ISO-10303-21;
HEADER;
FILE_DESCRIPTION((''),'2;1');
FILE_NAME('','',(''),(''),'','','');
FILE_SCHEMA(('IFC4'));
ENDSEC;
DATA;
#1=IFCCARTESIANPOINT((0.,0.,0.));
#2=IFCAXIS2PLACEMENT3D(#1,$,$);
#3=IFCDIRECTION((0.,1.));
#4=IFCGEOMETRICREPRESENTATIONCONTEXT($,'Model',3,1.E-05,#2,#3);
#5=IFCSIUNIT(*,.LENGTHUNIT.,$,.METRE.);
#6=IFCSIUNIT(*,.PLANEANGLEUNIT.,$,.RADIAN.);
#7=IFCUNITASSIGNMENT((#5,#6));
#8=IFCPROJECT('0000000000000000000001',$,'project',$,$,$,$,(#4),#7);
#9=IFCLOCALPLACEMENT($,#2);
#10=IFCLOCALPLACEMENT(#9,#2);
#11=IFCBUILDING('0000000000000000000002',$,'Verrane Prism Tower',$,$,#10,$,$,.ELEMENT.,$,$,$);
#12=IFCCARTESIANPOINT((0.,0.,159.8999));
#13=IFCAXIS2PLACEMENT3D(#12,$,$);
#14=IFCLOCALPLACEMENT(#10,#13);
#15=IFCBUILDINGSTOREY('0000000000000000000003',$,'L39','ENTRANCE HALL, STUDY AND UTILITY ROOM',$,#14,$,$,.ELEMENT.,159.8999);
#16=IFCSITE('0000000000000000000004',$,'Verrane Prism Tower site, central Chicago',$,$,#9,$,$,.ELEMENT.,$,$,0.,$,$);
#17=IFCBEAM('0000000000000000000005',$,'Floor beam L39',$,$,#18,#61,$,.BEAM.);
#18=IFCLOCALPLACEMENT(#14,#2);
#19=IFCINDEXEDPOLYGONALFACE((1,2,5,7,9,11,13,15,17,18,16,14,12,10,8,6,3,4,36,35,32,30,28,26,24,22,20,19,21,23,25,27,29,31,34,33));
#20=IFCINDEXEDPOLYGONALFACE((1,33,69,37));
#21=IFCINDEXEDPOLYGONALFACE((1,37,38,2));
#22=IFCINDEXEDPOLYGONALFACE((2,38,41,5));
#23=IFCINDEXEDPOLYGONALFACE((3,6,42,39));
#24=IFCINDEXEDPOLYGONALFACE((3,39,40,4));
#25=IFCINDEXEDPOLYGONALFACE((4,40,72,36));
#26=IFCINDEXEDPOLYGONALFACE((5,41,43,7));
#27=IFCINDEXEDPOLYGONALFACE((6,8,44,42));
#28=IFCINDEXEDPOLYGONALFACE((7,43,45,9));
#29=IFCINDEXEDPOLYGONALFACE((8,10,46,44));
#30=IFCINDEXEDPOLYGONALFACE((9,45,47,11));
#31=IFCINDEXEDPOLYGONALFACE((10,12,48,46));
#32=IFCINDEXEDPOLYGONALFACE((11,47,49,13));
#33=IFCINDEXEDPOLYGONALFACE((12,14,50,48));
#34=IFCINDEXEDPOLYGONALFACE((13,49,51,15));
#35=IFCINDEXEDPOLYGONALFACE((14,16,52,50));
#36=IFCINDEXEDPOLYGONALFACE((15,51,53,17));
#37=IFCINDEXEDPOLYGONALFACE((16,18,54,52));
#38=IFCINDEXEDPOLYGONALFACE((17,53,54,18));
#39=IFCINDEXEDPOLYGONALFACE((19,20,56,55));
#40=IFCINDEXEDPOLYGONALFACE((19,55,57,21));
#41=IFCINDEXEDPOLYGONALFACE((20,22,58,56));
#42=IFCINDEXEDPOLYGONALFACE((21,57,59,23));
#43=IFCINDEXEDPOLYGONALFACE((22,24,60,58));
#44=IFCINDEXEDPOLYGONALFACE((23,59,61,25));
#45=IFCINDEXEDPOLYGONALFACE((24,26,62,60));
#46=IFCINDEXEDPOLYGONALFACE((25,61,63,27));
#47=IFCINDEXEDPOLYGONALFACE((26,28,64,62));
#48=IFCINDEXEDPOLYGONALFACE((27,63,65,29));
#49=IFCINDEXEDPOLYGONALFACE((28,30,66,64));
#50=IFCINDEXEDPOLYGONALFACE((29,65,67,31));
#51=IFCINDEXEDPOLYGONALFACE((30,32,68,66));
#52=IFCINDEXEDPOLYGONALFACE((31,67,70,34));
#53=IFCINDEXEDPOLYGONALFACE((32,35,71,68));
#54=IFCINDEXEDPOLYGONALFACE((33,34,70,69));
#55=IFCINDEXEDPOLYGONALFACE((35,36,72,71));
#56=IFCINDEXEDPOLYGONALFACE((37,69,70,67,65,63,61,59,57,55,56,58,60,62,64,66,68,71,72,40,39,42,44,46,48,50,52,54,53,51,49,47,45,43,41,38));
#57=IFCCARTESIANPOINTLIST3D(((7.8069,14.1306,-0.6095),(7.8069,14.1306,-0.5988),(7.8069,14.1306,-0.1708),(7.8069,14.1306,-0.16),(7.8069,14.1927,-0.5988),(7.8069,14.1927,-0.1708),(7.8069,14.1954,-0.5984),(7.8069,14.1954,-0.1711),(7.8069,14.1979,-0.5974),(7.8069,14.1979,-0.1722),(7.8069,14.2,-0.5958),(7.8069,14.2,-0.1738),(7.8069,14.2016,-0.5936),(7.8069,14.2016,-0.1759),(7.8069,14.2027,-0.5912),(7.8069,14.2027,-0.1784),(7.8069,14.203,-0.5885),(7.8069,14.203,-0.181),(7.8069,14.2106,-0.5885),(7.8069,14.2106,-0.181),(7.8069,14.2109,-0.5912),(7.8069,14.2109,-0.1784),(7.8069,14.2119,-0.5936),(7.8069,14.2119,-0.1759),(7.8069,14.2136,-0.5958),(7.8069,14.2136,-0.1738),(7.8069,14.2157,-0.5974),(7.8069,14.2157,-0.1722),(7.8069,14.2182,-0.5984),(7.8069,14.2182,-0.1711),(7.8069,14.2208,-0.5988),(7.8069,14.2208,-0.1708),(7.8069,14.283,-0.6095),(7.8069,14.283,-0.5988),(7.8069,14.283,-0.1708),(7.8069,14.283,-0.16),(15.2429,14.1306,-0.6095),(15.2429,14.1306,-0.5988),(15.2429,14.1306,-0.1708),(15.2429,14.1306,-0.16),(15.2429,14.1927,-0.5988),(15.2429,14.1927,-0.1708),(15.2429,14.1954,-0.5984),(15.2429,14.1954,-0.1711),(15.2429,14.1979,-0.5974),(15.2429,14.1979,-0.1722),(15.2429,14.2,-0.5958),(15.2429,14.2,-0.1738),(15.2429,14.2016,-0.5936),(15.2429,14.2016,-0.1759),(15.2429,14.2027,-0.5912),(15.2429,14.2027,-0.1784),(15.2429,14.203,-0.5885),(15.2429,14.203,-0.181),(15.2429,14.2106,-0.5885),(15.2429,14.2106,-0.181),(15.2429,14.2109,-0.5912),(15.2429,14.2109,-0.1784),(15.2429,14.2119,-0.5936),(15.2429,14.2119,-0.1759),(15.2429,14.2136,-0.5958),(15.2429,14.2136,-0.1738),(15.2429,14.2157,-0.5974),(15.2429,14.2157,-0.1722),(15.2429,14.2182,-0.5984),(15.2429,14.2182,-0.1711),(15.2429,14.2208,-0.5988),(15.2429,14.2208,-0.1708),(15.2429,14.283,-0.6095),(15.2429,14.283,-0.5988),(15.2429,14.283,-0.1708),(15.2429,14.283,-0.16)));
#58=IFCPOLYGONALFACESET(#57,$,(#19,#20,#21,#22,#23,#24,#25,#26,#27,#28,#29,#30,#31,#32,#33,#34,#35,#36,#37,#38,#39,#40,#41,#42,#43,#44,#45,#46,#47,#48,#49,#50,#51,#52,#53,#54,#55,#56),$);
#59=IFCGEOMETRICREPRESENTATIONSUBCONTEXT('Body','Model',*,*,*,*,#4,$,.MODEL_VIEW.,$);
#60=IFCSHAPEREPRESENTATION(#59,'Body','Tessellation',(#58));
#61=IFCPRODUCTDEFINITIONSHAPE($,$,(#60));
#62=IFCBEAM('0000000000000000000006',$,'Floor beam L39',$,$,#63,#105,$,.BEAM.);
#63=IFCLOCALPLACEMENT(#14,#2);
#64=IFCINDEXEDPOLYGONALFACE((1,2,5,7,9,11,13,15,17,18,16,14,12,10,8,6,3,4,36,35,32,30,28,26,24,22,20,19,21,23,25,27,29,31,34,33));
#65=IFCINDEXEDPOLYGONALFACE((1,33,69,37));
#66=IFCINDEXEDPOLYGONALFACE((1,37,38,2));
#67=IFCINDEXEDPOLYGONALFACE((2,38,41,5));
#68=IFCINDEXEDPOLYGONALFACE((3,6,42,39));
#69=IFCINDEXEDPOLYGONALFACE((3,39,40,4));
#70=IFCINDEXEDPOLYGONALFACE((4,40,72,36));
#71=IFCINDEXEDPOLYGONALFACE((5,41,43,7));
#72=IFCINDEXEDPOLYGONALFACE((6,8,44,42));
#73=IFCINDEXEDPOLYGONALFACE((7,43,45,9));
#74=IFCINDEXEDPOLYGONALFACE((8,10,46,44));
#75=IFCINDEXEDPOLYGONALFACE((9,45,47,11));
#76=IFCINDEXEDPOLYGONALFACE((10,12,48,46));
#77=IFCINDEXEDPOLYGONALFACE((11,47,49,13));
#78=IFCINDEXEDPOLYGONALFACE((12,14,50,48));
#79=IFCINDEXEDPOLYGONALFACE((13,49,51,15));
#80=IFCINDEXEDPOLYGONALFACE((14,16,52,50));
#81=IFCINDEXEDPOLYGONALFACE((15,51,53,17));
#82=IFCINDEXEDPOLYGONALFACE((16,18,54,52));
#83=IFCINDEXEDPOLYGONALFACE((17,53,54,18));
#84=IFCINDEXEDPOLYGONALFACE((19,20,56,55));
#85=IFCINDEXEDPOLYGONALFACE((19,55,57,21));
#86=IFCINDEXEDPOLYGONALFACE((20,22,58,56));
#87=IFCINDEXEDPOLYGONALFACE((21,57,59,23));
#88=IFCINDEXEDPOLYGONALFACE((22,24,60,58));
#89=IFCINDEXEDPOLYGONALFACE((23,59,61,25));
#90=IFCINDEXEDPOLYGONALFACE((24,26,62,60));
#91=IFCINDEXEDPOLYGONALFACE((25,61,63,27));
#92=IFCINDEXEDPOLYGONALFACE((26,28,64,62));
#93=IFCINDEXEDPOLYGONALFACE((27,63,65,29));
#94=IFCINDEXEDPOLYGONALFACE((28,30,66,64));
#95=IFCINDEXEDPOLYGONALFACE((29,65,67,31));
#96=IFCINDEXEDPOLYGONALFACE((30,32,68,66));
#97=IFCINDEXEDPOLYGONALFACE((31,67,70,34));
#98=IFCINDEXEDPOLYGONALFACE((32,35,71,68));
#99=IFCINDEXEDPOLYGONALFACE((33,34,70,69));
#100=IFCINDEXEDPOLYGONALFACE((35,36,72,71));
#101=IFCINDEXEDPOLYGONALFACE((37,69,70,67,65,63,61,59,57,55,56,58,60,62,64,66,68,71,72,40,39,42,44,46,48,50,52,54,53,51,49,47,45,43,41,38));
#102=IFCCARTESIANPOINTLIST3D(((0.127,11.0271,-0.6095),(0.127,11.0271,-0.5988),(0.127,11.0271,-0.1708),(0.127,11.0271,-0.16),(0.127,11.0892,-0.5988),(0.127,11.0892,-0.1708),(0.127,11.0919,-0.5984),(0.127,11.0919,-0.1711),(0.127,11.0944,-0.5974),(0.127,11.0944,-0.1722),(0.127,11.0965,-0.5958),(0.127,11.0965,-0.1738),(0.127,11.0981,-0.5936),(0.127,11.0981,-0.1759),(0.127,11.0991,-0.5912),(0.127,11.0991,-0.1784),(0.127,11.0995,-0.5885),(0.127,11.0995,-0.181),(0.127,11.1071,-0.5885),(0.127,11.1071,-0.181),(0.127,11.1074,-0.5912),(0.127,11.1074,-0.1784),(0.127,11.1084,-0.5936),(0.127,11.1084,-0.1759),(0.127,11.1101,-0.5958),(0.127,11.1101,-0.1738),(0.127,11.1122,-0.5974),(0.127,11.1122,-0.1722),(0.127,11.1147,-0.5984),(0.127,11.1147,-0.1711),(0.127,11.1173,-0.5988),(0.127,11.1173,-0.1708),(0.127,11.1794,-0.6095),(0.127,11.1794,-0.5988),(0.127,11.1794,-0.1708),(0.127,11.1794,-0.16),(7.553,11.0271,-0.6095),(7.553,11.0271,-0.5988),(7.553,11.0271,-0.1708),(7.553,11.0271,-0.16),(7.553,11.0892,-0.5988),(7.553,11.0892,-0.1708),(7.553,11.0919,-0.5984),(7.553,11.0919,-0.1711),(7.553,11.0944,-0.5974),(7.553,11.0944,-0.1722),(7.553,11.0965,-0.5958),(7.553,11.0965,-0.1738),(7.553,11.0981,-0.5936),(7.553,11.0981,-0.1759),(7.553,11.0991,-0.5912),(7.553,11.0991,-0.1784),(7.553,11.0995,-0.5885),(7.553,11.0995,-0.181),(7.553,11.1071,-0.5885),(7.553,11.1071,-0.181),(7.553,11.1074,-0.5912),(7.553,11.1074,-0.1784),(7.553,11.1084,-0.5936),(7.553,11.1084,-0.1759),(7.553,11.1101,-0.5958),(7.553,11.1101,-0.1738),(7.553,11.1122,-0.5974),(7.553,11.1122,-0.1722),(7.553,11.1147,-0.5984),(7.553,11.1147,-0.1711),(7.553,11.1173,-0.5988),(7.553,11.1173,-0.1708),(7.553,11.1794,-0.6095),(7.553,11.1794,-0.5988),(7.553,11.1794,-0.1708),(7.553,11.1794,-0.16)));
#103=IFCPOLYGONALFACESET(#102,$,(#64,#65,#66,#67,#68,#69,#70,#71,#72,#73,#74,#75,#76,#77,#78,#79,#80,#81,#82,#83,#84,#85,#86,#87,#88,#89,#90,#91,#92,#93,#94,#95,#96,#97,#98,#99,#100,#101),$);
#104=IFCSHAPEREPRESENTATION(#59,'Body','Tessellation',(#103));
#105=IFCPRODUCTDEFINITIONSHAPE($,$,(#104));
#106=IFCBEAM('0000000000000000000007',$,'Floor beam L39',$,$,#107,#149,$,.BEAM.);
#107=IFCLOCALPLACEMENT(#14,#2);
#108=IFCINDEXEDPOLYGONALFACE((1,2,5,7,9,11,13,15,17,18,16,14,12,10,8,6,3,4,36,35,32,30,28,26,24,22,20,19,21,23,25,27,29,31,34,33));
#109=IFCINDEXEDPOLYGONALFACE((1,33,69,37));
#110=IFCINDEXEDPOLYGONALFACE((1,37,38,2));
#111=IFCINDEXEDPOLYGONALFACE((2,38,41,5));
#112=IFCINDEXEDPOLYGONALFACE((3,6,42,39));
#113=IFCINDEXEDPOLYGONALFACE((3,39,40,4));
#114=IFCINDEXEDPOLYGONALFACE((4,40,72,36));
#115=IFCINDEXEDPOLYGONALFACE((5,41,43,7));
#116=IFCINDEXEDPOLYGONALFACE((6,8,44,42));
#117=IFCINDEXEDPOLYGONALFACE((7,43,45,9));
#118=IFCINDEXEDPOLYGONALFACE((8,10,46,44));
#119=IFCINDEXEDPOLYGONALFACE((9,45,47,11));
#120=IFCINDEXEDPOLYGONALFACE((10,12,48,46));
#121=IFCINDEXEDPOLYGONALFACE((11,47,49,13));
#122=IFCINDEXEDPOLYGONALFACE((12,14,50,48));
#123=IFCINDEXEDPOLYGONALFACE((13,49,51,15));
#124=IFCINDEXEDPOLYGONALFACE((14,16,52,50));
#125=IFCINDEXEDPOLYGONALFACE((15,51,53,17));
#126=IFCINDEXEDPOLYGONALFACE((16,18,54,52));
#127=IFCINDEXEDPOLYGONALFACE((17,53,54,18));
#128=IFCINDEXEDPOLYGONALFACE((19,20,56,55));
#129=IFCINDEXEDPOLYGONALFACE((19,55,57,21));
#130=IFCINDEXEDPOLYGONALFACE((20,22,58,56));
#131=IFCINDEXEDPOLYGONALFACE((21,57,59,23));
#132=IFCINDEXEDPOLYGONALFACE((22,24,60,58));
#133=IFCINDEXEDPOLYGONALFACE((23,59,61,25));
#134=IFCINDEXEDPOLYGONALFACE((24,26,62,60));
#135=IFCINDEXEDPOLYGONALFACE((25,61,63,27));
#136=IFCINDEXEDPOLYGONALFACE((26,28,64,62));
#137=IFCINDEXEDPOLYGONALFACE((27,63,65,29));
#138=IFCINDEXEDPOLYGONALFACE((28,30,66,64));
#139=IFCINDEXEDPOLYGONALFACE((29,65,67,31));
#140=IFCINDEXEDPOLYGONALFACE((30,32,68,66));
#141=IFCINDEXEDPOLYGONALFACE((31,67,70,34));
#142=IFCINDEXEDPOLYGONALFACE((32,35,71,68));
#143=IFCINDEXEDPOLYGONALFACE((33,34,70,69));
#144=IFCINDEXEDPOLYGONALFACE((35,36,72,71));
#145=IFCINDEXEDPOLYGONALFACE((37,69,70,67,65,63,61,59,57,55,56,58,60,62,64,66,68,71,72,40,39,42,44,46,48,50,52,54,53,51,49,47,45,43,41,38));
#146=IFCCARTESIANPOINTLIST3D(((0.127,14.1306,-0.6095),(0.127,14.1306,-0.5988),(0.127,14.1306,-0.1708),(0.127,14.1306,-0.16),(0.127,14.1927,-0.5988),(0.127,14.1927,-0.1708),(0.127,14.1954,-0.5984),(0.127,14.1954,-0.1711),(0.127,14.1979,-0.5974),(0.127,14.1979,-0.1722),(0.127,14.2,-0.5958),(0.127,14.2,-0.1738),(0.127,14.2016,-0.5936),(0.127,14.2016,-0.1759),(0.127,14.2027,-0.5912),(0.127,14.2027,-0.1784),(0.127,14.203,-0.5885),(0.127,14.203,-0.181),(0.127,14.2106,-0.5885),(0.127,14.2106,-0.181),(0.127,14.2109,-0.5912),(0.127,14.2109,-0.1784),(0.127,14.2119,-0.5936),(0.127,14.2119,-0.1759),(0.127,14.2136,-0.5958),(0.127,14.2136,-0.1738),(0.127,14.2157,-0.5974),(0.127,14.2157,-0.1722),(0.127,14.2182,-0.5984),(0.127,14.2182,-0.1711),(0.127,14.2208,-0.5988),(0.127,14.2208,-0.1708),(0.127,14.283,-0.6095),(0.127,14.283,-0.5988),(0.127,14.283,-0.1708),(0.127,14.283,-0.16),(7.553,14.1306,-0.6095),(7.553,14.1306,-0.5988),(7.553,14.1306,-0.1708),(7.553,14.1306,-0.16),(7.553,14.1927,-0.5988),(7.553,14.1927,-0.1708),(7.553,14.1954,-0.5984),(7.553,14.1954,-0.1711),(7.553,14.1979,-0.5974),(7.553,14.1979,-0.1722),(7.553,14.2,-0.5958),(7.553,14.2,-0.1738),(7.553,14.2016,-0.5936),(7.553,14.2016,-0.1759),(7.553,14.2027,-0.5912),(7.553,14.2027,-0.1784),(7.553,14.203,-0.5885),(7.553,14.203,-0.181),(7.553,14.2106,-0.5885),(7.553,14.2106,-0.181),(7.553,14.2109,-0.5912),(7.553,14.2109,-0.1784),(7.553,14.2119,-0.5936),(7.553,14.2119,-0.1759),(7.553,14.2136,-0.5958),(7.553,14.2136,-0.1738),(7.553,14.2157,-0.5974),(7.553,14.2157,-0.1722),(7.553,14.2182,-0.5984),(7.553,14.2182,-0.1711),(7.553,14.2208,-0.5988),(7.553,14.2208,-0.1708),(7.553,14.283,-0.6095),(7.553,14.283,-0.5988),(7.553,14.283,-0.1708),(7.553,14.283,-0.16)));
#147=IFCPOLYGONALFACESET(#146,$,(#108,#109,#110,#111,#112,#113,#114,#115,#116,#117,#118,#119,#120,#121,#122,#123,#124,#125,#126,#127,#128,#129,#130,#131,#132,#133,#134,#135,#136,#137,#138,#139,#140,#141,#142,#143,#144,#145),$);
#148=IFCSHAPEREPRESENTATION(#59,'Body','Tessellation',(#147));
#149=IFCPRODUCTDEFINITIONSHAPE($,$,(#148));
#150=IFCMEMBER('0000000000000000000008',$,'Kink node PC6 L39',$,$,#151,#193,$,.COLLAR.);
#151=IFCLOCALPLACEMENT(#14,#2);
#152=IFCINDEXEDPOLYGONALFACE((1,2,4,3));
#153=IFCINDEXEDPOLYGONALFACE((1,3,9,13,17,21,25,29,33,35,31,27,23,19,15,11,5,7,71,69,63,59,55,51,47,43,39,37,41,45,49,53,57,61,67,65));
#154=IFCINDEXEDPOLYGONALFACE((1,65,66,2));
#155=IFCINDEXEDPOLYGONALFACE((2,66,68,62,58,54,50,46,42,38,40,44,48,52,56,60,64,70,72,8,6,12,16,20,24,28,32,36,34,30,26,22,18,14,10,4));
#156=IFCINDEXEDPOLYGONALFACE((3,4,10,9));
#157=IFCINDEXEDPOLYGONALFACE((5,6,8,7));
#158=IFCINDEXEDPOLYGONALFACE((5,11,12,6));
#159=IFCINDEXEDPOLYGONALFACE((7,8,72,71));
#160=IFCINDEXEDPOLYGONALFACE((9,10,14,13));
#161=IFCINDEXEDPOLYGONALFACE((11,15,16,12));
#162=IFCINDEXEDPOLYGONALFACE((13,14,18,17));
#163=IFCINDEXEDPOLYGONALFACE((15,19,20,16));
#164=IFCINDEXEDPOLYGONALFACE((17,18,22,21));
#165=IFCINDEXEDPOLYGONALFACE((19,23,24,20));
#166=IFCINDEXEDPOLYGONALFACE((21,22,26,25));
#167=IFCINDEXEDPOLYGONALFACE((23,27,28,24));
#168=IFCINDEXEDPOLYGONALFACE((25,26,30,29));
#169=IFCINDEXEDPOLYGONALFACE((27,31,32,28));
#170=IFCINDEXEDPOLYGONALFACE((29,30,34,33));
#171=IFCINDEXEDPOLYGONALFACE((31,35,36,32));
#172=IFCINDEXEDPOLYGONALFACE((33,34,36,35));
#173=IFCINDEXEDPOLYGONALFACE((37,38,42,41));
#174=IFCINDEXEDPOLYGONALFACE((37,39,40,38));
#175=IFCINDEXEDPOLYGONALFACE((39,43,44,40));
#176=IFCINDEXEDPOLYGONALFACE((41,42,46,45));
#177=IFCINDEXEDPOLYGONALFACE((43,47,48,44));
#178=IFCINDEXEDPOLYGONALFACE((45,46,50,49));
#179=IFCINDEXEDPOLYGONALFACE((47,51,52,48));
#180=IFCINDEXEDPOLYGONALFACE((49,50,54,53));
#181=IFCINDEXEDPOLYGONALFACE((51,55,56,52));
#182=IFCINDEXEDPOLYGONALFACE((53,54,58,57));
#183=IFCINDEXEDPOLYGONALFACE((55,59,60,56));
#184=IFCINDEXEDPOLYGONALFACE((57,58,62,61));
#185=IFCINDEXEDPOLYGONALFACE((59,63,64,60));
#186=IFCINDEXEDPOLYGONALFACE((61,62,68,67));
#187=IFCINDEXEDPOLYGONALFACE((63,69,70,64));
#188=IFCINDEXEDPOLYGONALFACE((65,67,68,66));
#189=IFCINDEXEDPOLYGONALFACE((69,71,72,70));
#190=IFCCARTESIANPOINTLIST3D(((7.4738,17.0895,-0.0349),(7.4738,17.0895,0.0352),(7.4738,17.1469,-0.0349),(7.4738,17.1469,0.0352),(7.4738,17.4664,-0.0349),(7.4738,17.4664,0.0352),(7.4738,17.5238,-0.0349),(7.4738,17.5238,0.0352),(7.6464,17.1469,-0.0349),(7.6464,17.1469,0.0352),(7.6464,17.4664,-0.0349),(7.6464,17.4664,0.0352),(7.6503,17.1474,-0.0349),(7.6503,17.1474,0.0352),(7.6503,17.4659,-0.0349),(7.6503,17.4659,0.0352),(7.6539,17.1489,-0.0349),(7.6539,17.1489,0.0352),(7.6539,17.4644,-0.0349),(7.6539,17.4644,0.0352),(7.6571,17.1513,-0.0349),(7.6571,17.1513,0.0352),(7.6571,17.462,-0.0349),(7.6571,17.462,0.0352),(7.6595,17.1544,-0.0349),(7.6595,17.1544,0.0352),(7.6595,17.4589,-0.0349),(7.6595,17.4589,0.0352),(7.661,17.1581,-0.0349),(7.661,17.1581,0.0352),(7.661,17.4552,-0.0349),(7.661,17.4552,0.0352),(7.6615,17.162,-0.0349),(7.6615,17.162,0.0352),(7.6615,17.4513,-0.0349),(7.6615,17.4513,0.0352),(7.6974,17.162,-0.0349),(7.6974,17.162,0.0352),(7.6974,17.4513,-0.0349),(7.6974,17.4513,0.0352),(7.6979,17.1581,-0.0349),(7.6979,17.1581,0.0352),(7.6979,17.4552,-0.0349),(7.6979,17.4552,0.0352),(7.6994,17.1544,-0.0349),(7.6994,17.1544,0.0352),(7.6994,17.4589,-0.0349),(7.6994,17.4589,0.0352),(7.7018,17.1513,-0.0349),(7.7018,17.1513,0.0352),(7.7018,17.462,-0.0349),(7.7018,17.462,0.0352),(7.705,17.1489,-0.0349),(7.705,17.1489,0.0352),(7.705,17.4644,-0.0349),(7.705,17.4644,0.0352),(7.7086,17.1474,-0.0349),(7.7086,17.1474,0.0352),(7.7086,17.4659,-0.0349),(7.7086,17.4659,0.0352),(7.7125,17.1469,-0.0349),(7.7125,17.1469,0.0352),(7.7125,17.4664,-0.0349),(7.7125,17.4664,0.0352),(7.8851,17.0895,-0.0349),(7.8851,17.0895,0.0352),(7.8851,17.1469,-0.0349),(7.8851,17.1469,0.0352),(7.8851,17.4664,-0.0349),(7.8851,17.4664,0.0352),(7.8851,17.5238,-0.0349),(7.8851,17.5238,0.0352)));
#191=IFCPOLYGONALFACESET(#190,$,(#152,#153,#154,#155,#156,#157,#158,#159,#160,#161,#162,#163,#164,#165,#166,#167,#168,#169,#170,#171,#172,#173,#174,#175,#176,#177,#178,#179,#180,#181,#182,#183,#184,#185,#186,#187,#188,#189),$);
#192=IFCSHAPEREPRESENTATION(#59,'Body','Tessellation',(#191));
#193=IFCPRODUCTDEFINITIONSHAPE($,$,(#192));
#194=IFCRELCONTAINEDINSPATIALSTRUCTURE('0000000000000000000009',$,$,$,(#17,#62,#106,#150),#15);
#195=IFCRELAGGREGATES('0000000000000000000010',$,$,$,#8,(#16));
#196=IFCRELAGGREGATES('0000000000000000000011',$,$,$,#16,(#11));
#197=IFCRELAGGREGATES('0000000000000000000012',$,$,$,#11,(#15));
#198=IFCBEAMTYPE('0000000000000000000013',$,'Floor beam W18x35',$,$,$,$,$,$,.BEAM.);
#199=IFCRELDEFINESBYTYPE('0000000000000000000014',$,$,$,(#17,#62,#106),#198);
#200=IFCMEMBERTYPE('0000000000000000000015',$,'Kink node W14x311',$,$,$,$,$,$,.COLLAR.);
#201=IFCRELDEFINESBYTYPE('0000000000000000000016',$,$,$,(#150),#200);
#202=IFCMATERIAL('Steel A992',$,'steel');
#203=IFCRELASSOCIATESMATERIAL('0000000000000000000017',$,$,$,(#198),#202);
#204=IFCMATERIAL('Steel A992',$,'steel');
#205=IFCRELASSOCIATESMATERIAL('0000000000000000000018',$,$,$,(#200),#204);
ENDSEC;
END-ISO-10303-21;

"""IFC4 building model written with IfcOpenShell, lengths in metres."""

from ifc_helpers import new_model, si_unit, direction, frame, origin, origin_2d, place, context, subcontext, project, spatial, i_section, extrude, material, material_profile, profile_set, type_object, element, save


model = new_model("IFC4")

# Units and contexts
model_context = context("Model", 3, precision=1e-05, world=origin(), true_north=direction((0.0, 1.0)))
body_context = subcontext(model_context, "Body", "Model", "MODEL_VIEW")
ifc_project = project(units=[si_unit("LENGTHUNIT", "METRE"), si_unit("PLANEANGLEUNIT", "RADIAN")], contexts=[model_context])

# Site, building, storey
site_placement = place(None, origin())
site = spatial("IfcSite", under=ifc_project, at=site_placement, Name="Verrane Prism Tower site, central Chicago", CompositionType="ELEMENT", RefElevation=0.0)
building_placement = place(site_placement, origin())
building = spatial("IfcBuilding", under=site, at=building_placement, Name="Verrane Prism Tower", CompositionType="ELEMENT")
storey_placement = place(building_placement, frame((0.0, 0.0, 159.8999)))
storey = spatial("IfcBuildingStorey", under=building, at=storey_placement, Name="L39", Description="ENTRANCE HALL, STUDY AND UTILITY ROOM", CompositionType="ELEMENT", Elevation=159.8999)

# Beams
ifc_material_1 = material(Name="Steel A992", Category="steel")
ifc_material_profile_1 = material_profile(ifc_material_1, i_section(OverallWidth=0.1523, OverallDepth=0.4495, WebThickness=0.0076, FlangeThickness=0.0107, FilletRadius=0.0103, at=origin_2d()), Name="W18x35")
ifc_profile_set_1 = profile_set([ifc_material_profile_1], Name="Steel A992")
beam_type_1 = type_object("IfcBeamType", Name="Floor beam W18x35", PredefinedType="BEAM", material=ifc_profile_set_1)
beam_1_placement = place(storey_placement, frame((7.8069, 14.2068, -0.3848), z_axis=(1.0, 0.0, 0.0), x_axis=(0.0, 1.0, 0.0)))
element("IfcBeam", 1, at=beam_1_placement, inside=storey, type_object=beam_type_1, Name="Floor beam L39", PredefinedType="BEAM", context=body_context, shape_type="SweptSolid", body=[
    extrude(i_section(OverallWidth=0.1523, OverallDepth=0.4495, WebThickness=0.0076, FlangeThickness=0.0107, FilletRadius=0.0103, at=origin_2d()), origin(), (0.0, 0.0, 1.0), 7.436),
])
for number, where, z_axis, x_axis, name in (
    (2, (0.127, 11.1033, -0.3848), (1.0, 0.0, 0.0), (0.0, 1.0, 0.0), "Floor beam L39"),
    (3, (0.127, 14.2068, -0.3848), (1.0, 0.0, 0.0), (0.0, 1.0, 0.0), "Floor beam L39"),
):
    element("IfcBeam", number, at=place(storey_placement, frame(where, z_axis=z_axis, x_axis=x_axis)), inside=storey, type_object=beam_type_1, Name=name, PredefinedType="BEAM", context=body_context, shape_type="SweptSolid", body=[
        extrude(i_section(OverallWidth=0.1523, OverallDepth=0.4495, WebThickness=0.0076, FlangeThickness=0.0107, FilletRadius=0.0103, at=origin_2d()), origin(), (0.0, 0.0, 1.0), 7.426),
    ])

# Member
ifc_material_2 = material(Name="Steel A992", Category="steel")
ifc_material_profile_2 = material_profile(ifc_material_2, i_section(OverallWidth=0.4114, OverallDepth=0.4343, WebThickness=0.0359, FlangeThickness=0.0574, FilletRadius=0.0151, at=origin_2d()), Name="W14x311")
ifc_profile_set_2 = profile_set([ifc_material_profile_2], Name="Steel A992")
member_type_1 = type_object("IfcMemberType", Name="Kink node W14x311", PredefinedType="COLLAR", material=ifc_profile_set_2)
member_1_placement = place(storey_placement, frame((7.6794, 17.3066, -0.0349), z_axis=(0.0, 0.0, 1.0), x_axis=(1.0, 0.0, 0.0)))
element("IfcMember", 4, at=member_1_placement, inside=storey, type_object=member_type_1, Name="Kink node PC6 L39", PredefinedType="COLLAR", context=body_context, shape_type="SweptSolid", body=[
    extrude(i_section(OverallWidth=0.4114, OverallDepth=0.4343, WebThickness=0.0359, FlangeThickness=0.0574, FilletRadius=0.0151, at=origin_2d()), origin(), (0.0, 0.0, 1.0), 0.0701),
])

save(model, "model.ifc")
